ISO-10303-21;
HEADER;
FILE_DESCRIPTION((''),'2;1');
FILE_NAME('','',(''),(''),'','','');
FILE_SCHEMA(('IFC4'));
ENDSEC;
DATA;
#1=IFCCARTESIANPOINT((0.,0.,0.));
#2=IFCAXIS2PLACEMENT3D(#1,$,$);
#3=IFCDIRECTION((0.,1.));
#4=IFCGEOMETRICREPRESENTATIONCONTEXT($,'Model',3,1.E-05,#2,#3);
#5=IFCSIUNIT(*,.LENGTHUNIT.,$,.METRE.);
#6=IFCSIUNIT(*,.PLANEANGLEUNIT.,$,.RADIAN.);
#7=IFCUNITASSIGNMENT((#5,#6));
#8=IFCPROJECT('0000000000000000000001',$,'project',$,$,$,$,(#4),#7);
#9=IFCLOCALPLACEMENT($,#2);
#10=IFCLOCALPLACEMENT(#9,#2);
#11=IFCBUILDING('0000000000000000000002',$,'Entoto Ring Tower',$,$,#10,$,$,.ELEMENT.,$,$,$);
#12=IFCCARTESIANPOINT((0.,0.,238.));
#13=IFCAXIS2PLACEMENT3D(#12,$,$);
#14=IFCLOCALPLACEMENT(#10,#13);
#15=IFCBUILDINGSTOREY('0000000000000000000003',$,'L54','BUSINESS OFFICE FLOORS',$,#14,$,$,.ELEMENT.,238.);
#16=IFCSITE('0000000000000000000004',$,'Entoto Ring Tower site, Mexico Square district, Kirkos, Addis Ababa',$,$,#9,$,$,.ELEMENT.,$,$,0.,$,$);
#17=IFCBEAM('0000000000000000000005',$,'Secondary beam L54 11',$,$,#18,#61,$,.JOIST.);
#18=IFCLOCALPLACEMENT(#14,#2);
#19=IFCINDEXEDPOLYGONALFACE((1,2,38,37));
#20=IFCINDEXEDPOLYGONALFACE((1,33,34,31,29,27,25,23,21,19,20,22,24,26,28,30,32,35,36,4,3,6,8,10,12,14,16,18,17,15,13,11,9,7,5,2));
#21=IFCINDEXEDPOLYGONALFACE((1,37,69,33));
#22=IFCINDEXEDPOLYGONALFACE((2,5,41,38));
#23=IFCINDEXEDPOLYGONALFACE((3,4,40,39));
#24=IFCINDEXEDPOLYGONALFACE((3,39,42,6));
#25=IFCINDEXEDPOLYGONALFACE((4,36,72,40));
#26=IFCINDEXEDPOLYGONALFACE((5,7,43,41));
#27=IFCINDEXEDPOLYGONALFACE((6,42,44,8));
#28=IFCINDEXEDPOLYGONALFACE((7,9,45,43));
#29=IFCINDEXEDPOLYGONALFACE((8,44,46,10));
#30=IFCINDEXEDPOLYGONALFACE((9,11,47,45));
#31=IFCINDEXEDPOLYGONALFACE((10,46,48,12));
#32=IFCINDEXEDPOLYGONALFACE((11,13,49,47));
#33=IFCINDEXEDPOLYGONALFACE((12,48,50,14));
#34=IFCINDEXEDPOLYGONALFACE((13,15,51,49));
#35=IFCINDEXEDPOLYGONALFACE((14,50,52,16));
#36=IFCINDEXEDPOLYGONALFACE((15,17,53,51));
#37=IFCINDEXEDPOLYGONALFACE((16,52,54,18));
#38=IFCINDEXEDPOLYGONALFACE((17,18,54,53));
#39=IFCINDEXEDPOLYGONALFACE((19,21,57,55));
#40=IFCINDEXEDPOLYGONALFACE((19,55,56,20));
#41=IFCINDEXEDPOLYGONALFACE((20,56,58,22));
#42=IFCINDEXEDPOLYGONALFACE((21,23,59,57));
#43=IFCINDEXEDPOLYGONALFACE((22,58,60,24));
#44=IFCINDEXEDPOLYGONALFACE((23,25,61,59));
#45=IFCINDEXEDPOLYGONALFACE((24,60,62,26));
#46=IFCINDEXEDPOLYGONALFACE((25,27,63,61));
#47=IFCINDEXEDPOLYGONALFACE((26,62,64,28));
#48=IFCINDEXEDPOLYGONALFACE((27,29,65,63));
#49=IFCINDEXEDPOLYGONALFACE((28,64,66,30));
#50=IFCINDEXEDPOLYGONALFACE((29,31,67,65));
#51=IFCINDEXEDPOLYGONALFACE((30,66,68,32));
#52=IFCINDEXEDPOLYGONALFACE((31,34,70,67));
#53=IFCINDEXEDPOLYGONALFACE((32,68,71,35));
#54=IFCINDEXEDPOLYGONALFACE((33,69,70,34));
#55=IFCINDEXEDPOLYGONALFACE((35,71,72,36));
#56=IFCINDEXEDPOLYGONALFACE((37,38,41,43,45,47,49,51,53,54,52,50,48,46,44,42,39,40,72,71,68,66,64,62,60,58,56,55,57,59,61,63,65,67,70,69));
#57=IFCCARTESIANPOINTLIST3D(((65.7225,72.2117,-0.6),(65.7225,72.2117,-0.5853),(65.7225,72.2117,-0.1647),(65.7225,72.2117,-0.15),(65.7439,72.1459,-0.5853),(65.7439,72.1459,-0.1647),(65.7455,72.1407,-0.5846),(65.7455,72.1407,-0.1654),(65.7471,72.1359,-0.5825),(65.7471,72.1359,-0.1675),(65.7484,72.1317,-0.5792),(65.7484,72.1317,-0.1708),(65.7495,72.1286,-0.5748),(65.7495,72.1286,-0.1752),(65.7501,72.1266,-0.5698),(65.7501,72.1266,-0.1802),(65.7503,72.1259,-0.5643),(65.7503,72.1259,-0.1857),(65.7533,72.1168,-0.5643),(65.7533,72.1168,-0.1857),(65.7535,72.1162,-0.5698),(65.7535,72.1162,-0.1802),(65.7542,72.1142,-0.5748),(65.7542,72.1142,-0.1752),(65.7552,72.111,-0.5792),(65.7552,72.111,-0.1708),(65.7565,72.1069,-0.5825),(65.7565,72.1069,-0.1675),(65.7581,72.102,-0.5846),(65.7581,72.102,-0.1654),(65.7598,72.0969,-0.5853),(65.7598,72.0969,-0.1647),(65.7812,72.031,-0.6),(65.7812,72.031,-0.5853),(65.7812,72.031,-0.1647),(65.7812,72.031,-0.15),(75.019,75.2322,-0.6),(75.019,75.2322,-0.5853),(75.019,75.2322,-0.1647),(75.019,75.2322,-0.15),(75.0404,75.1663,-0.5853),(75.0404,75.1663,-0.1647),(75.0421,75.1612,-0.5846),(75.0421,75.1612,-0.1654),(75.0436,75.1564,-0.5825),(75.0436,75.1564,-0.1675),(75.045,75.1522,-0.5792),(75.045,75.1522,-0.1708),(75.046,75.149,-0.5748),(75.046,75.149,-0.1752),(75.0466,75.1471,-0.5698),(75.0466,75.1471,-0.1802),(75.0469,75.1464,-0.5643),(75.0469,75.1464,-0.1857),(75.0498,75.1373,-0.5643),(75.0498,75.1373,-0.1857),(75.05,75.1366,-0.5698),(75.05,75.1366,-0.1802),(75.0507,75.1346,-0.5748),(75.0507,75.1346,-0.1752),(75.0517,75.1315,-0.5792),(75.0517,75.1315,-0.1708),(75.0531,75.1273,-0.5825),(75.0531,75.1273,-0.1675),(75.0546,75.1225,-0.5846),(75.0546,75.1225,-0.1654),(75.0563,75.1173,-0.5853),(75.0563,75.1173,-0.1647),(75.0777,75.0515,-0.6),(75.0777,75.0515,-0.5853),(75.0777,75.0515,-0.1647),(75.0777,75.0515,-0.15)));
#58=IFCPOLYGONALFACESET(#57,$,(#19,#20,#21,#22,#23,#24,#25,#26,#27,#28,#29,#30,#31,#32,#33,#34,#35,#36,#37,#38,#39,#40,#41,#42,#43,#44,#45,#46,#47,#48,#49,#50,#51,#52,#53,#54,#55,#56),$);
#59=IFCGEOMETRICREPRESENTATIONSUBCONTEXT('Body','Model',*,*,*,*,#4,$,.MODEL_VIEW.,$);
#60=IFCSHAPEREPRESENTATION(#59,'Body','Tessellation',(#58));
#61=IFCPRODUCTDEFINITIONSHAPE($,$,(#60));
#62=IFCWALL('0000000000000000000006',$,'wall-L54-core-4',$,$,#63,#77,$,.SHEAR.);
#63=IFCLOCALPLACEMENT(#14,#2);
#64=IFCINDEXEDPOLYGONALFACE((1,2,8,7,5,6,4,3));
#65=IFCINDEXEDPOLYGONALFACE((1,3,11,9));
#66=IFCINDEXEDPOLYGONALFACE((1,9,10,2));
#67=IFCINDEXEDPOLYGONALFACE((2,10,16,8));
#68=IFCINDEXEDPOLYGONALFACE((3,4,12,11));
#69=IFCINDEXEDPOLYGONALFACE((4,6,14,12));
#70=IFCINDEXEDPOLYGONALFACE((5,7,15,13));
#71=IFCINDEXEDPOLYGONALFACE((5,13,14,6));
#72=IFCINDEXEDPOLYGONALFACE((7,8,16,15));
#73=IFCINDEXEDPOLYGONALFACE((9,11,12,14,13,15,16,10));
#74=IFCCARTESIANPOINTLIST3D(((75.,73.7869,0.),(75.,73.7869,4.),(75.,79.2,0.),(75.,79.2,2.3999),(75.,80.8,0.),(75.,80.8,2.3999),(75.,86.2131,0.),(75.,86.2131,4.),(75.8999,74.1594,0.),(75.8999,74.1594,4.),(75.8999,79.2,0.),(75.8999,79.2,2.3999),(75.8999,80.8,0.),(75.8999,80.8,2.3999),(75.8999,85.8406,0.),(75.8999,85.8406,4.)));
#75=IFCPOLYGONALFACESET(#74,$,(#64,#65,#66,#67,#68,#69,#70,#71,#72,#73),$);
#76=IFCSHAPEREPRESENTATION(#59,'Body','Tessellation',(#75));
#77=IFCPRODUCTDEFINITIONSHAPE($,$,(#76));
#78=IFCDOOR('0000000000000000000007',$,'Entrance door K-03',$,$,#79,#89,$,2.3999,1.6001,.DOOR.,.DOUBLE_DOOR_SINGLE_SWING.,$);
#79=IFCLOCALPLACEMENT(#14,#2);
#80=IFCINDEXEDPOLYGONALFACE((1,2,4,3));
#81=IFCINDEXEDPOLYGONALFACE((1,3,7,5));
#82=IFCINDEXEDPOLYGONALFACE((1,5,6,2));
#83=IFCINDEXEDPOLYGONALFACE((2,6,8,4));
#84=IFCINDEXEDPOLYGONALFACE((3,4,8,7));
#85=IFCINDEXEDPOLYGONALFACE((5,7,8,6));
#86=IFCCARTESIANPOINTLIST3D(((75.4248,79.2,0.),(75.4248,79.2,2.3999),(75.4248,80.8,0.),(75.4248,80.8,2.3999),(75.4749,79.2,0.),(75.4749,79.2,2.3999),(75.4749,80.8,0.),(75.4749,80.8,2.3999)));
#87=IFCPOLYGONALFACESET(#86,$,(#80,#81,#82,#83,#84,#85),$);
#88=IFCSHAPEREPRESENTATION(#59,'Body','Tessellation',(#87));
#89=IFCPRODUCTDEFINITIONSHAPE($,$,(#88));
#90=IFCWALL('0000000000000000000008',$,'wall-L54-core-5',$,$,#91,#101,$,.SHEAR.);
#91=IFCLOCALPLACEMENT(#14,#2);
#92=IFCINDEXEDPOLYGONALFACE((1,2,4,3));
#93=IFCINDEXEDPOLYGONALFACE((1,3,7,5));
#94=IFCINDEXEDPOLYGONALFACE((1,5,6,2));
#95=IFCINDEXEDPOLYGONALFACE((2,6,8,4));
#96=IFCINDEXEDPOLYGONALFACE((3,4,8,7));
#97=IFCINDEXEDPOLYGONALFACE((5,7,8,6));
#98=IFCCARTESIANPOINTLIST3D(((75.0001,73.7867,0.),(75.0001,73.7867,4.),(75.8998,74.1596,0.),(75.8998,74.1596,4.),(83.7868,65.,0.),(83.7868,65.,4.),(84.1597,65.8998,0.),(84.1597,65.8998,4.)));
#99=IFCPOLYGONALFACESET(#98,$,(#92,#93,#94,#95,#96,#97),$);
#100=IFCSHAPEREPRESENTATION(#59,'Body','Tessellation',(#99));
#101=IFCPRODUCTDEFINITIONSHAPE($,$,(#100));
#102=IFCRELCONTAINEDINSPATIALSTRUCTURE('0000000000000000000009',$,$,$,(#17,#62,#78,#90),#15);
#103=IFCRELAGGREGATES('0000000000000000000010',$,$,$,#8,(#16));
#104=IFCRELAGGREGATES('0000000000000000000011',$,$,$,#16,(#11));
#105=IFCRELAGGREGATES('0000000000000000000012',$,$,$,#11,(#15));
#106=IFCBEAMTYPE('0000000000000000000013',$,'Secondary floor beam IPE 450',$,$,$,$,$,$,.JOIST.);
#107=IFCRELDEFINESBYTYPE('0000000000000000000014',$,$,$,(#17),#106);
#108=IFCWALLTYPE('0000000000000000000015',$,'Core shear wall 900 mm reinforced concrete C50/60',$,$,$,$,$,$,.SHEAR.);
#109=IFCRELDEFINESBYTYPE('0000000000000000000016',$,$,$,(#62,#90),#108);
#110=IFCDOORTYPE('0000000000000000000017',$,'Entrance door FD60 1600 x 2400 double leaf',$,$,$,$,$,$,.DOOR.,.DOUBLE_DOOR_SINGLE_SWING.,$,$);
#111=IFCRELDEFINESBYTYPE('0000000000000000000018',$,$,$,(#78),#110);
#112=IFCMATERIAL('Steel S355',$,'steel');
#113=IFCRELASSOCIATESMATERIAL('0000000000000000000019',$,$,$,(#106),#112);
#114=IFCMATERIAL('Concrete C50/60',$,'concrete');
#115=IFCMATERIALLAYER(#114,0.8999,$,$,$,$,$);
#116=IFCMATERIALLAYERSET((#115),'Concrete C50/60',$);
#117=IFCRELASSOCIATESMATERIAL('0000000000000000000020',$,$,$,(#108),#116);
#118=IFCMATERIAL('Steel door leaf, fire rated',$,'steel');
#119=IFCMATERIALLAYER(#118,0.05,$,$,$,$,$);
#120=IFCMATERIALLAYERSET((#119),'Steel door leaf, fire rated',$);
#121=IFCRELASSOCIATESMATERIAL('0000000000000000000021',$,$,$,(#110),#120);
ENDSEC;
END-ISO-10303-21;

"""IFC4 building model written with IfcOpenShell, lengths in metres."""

from ifc_helpers import new_model, si_unit, direction, frame, frame_2d, origin, origin_2d, place, context, subcontext, project, spatial, polyline, rectangle, i_section, outline, extrude, material, layer, layer_set, material_profile, profile_set, type_object, element, fill, save


model = new_model("IFC4")

# Units and contexts
model_context = context("Model", 3, precision=1e-05, world=origin(), true_north=direction((0.0, 1.0)))
body_context = subcontext(model_context, "Body", "Model", "MODEL_VIEW")
ifc_project = project(units=[si_unit("LENGTHUNIT", "METRE"), si_unit("PLANEANGLEUNIT", "RADIAN")], contexts=[model_context])

# Site, building, storey
site_placement = place(None, origin())
site = spatial("IfcSite", under=ifc_project, at=site_placement, Name="Entoto Ring Tower site, Mexico Square district, Kirkos, Addis Ababa", CompositionType="ELEMENT", RefElevation=0.0)
building_placement = place(site_placement, origin())
building = spatial("IfcBuilding", under=site, at=building_placement, Name="Entoto Ring Tower", CompositionType="ELEMENT")
storey_placement = place(building_placement, frame((0.0, 0.0, 238.0)))
storey = spatial("IfcBuildingStorey", under=building, at=storey_placement, Name="L54", Description="BUSINESS OFFICE FLOORS", CompositionType="ELEMENT", Elevation=238.0)

# Beam
ifc_material_1 = material(Name="Steel S355", Category="steel")
ifc_material_profile_1 = material_profile(ifc_material_1, i_section(OverallWidth=0.1899, OverallDepth=0.45, WebThickness=0.0095, FlangeThickness=0.0146, FilletRadius=0.021, at=origin_2d()), Name="IPE 450")
ifc_profile_set_1 = profile_set([ifc_material_profile_1], Name="Steel S355")
beam_type_1 = type_object("IfcBeamType", Name="Secondary floor beam IPE 450", PredefinedType="JOIST", material=ifc_profile_set_1)
beam_1_placement = place(storey_placement, frame((75.0483, 75.1418, -0.375), z_axis=(-0.951061, -0.309003, 0.0), x_axis=(0.309003, -0.951061, 0.0)))
element("IfcBeam", 1, at=beam_1_placement, inside=storey, type_object=beam_type_1, Name="Secondary beam L54 11", PredefinedType="JOIST", context=body_context, shape_type="SweptSolid", body=[
    extrude(i_section(OverallWidth=0.1899, OverallDepth=0.45, WebThickness=0.0095, FlangeThickness=0.0146, FilletRadius=0.021, at=origin_2d()), origin(), (0.0, 0.0, 1.0), 9.7749),
])

# Wall, opening, door
ifc_material_2 = material(Name="Concrete C50/60", Category="concrete")
ifc_layer_1 = layer(ifc_material_2, 0.8999)
ifc_layer_set_1 = layer_set([ifc_layer_1], Name="Concrete C50/60")
wall_type = type_object("IfcWallType", Name="Core shear wall 900 mm reinforced concrete C50/60", PredefinedType="SHEAR", material=ifc_layer_set_1)
wall_1_placement = place(storey_placement, frame((75.45, 86.0269, 0.0), z_axis=(0.0, 0.0, 1.0), x_axis=(0.0, -1.0, 0.0)))
wall_1 = element("IfcWall", 2, at=wall_1_placement, inside=storey, type_object=wall_type, Name="wall-L54-core-4", PredefinedType="SHEAR", context=body_context, shape_type="SweptSolid", body=[
    extrude(outline(polyline([(-0.1863, -0.45), (12.24, -0.45), (11.8674, 0.45), (0.1863, 0.45), (-0.1863, -0.45)])), origin(), (0.0, 0.0, 1.0), 4.0),
])
opening_placement = place(wall_1_placement, frame((5.2268, 0.0, 0.0)))
opening = element("IfcOpeningElement", 3, at=opening_placement, cuts=wall_1, PredefinedType="OPENING", context=body_context, shape_type="SweptSolid", body=[
    extrude(rectangle(XDim=1.6001, YDim=2.3999, at=frame_2d((0.8, 1.2))), frame((0.0, 0.46, 0.0), z_axis=(0.0, -1.0, 0.0), x_axis=(1.0, 0.0, 0.0)), (0.0, 0.0, 1.0), 0.9199),
])
ifc_material_3 = material(Name="Steel door leaf, fire rated", Category="steel")
ifc_layer_2 = layer(ifc_material_3, 0.05)
ifc_layer_set_2 = layer_set([ifc_layer_2], Name="Steel door leaf, fire rated")
door_type = type_object("IfcDoorType", Name="Entrance door FD60 1600 x 2400 double leaf", OperationType="DOUBLE_DOOR_SINGLE_SWING", PredefinedType="DOOR", material=ifc_layer_set_2)
door_placement = place(opening_placement, origin())
door = element("IfcDoor", 4, at=door_placement, inside=storey, type_object=door_type, Name="Entrance door K-03", OperationType="DOUBLE_DOOR_SINGLE_SWING", OverallHeight=2.3999, OverallWidth=1.6001, PredefinedType="DOOR", context=body_context, shape_type="SweptSolid", body=[
    extrude(rectangle(XDim=1.6001, YDim=2.3999, at=frame_2d((0.8, 1.2))), frame((0.0, 0.0249, 0.0), z_axis=(0.0, -1.0, 0.0), x_axis=(1.0, 0.0, 0.0)), (0.0, 0.0, 1.0), 0.05),
])
fill(opening, door)

# Wall
wall_2_placement = place(storey_placement, frame((75.45, 73.9731, 0.0), z_axis=(0.0, 0.0, 1.0), x_axis=(0.707107, -0.707107, 0.0)))
element("IfcWall", 5, at=wall_2_placement, inside=storey, type_object=wall_type, Name="wall-L54-core-5", PredefinedType="SHEAR", context=body_context, shape_type="SweptSolid", body=[
    extrude(outline(polyline([(-0.1863, -0.45), (12.24, -0.45), (11.8674, 0.45), (0.1863, 0.45), (-0.1863, -0.45)])), origin(), (0.0, 0.0, 1.0), 4.0),
])

save(model, "model.ifc")
